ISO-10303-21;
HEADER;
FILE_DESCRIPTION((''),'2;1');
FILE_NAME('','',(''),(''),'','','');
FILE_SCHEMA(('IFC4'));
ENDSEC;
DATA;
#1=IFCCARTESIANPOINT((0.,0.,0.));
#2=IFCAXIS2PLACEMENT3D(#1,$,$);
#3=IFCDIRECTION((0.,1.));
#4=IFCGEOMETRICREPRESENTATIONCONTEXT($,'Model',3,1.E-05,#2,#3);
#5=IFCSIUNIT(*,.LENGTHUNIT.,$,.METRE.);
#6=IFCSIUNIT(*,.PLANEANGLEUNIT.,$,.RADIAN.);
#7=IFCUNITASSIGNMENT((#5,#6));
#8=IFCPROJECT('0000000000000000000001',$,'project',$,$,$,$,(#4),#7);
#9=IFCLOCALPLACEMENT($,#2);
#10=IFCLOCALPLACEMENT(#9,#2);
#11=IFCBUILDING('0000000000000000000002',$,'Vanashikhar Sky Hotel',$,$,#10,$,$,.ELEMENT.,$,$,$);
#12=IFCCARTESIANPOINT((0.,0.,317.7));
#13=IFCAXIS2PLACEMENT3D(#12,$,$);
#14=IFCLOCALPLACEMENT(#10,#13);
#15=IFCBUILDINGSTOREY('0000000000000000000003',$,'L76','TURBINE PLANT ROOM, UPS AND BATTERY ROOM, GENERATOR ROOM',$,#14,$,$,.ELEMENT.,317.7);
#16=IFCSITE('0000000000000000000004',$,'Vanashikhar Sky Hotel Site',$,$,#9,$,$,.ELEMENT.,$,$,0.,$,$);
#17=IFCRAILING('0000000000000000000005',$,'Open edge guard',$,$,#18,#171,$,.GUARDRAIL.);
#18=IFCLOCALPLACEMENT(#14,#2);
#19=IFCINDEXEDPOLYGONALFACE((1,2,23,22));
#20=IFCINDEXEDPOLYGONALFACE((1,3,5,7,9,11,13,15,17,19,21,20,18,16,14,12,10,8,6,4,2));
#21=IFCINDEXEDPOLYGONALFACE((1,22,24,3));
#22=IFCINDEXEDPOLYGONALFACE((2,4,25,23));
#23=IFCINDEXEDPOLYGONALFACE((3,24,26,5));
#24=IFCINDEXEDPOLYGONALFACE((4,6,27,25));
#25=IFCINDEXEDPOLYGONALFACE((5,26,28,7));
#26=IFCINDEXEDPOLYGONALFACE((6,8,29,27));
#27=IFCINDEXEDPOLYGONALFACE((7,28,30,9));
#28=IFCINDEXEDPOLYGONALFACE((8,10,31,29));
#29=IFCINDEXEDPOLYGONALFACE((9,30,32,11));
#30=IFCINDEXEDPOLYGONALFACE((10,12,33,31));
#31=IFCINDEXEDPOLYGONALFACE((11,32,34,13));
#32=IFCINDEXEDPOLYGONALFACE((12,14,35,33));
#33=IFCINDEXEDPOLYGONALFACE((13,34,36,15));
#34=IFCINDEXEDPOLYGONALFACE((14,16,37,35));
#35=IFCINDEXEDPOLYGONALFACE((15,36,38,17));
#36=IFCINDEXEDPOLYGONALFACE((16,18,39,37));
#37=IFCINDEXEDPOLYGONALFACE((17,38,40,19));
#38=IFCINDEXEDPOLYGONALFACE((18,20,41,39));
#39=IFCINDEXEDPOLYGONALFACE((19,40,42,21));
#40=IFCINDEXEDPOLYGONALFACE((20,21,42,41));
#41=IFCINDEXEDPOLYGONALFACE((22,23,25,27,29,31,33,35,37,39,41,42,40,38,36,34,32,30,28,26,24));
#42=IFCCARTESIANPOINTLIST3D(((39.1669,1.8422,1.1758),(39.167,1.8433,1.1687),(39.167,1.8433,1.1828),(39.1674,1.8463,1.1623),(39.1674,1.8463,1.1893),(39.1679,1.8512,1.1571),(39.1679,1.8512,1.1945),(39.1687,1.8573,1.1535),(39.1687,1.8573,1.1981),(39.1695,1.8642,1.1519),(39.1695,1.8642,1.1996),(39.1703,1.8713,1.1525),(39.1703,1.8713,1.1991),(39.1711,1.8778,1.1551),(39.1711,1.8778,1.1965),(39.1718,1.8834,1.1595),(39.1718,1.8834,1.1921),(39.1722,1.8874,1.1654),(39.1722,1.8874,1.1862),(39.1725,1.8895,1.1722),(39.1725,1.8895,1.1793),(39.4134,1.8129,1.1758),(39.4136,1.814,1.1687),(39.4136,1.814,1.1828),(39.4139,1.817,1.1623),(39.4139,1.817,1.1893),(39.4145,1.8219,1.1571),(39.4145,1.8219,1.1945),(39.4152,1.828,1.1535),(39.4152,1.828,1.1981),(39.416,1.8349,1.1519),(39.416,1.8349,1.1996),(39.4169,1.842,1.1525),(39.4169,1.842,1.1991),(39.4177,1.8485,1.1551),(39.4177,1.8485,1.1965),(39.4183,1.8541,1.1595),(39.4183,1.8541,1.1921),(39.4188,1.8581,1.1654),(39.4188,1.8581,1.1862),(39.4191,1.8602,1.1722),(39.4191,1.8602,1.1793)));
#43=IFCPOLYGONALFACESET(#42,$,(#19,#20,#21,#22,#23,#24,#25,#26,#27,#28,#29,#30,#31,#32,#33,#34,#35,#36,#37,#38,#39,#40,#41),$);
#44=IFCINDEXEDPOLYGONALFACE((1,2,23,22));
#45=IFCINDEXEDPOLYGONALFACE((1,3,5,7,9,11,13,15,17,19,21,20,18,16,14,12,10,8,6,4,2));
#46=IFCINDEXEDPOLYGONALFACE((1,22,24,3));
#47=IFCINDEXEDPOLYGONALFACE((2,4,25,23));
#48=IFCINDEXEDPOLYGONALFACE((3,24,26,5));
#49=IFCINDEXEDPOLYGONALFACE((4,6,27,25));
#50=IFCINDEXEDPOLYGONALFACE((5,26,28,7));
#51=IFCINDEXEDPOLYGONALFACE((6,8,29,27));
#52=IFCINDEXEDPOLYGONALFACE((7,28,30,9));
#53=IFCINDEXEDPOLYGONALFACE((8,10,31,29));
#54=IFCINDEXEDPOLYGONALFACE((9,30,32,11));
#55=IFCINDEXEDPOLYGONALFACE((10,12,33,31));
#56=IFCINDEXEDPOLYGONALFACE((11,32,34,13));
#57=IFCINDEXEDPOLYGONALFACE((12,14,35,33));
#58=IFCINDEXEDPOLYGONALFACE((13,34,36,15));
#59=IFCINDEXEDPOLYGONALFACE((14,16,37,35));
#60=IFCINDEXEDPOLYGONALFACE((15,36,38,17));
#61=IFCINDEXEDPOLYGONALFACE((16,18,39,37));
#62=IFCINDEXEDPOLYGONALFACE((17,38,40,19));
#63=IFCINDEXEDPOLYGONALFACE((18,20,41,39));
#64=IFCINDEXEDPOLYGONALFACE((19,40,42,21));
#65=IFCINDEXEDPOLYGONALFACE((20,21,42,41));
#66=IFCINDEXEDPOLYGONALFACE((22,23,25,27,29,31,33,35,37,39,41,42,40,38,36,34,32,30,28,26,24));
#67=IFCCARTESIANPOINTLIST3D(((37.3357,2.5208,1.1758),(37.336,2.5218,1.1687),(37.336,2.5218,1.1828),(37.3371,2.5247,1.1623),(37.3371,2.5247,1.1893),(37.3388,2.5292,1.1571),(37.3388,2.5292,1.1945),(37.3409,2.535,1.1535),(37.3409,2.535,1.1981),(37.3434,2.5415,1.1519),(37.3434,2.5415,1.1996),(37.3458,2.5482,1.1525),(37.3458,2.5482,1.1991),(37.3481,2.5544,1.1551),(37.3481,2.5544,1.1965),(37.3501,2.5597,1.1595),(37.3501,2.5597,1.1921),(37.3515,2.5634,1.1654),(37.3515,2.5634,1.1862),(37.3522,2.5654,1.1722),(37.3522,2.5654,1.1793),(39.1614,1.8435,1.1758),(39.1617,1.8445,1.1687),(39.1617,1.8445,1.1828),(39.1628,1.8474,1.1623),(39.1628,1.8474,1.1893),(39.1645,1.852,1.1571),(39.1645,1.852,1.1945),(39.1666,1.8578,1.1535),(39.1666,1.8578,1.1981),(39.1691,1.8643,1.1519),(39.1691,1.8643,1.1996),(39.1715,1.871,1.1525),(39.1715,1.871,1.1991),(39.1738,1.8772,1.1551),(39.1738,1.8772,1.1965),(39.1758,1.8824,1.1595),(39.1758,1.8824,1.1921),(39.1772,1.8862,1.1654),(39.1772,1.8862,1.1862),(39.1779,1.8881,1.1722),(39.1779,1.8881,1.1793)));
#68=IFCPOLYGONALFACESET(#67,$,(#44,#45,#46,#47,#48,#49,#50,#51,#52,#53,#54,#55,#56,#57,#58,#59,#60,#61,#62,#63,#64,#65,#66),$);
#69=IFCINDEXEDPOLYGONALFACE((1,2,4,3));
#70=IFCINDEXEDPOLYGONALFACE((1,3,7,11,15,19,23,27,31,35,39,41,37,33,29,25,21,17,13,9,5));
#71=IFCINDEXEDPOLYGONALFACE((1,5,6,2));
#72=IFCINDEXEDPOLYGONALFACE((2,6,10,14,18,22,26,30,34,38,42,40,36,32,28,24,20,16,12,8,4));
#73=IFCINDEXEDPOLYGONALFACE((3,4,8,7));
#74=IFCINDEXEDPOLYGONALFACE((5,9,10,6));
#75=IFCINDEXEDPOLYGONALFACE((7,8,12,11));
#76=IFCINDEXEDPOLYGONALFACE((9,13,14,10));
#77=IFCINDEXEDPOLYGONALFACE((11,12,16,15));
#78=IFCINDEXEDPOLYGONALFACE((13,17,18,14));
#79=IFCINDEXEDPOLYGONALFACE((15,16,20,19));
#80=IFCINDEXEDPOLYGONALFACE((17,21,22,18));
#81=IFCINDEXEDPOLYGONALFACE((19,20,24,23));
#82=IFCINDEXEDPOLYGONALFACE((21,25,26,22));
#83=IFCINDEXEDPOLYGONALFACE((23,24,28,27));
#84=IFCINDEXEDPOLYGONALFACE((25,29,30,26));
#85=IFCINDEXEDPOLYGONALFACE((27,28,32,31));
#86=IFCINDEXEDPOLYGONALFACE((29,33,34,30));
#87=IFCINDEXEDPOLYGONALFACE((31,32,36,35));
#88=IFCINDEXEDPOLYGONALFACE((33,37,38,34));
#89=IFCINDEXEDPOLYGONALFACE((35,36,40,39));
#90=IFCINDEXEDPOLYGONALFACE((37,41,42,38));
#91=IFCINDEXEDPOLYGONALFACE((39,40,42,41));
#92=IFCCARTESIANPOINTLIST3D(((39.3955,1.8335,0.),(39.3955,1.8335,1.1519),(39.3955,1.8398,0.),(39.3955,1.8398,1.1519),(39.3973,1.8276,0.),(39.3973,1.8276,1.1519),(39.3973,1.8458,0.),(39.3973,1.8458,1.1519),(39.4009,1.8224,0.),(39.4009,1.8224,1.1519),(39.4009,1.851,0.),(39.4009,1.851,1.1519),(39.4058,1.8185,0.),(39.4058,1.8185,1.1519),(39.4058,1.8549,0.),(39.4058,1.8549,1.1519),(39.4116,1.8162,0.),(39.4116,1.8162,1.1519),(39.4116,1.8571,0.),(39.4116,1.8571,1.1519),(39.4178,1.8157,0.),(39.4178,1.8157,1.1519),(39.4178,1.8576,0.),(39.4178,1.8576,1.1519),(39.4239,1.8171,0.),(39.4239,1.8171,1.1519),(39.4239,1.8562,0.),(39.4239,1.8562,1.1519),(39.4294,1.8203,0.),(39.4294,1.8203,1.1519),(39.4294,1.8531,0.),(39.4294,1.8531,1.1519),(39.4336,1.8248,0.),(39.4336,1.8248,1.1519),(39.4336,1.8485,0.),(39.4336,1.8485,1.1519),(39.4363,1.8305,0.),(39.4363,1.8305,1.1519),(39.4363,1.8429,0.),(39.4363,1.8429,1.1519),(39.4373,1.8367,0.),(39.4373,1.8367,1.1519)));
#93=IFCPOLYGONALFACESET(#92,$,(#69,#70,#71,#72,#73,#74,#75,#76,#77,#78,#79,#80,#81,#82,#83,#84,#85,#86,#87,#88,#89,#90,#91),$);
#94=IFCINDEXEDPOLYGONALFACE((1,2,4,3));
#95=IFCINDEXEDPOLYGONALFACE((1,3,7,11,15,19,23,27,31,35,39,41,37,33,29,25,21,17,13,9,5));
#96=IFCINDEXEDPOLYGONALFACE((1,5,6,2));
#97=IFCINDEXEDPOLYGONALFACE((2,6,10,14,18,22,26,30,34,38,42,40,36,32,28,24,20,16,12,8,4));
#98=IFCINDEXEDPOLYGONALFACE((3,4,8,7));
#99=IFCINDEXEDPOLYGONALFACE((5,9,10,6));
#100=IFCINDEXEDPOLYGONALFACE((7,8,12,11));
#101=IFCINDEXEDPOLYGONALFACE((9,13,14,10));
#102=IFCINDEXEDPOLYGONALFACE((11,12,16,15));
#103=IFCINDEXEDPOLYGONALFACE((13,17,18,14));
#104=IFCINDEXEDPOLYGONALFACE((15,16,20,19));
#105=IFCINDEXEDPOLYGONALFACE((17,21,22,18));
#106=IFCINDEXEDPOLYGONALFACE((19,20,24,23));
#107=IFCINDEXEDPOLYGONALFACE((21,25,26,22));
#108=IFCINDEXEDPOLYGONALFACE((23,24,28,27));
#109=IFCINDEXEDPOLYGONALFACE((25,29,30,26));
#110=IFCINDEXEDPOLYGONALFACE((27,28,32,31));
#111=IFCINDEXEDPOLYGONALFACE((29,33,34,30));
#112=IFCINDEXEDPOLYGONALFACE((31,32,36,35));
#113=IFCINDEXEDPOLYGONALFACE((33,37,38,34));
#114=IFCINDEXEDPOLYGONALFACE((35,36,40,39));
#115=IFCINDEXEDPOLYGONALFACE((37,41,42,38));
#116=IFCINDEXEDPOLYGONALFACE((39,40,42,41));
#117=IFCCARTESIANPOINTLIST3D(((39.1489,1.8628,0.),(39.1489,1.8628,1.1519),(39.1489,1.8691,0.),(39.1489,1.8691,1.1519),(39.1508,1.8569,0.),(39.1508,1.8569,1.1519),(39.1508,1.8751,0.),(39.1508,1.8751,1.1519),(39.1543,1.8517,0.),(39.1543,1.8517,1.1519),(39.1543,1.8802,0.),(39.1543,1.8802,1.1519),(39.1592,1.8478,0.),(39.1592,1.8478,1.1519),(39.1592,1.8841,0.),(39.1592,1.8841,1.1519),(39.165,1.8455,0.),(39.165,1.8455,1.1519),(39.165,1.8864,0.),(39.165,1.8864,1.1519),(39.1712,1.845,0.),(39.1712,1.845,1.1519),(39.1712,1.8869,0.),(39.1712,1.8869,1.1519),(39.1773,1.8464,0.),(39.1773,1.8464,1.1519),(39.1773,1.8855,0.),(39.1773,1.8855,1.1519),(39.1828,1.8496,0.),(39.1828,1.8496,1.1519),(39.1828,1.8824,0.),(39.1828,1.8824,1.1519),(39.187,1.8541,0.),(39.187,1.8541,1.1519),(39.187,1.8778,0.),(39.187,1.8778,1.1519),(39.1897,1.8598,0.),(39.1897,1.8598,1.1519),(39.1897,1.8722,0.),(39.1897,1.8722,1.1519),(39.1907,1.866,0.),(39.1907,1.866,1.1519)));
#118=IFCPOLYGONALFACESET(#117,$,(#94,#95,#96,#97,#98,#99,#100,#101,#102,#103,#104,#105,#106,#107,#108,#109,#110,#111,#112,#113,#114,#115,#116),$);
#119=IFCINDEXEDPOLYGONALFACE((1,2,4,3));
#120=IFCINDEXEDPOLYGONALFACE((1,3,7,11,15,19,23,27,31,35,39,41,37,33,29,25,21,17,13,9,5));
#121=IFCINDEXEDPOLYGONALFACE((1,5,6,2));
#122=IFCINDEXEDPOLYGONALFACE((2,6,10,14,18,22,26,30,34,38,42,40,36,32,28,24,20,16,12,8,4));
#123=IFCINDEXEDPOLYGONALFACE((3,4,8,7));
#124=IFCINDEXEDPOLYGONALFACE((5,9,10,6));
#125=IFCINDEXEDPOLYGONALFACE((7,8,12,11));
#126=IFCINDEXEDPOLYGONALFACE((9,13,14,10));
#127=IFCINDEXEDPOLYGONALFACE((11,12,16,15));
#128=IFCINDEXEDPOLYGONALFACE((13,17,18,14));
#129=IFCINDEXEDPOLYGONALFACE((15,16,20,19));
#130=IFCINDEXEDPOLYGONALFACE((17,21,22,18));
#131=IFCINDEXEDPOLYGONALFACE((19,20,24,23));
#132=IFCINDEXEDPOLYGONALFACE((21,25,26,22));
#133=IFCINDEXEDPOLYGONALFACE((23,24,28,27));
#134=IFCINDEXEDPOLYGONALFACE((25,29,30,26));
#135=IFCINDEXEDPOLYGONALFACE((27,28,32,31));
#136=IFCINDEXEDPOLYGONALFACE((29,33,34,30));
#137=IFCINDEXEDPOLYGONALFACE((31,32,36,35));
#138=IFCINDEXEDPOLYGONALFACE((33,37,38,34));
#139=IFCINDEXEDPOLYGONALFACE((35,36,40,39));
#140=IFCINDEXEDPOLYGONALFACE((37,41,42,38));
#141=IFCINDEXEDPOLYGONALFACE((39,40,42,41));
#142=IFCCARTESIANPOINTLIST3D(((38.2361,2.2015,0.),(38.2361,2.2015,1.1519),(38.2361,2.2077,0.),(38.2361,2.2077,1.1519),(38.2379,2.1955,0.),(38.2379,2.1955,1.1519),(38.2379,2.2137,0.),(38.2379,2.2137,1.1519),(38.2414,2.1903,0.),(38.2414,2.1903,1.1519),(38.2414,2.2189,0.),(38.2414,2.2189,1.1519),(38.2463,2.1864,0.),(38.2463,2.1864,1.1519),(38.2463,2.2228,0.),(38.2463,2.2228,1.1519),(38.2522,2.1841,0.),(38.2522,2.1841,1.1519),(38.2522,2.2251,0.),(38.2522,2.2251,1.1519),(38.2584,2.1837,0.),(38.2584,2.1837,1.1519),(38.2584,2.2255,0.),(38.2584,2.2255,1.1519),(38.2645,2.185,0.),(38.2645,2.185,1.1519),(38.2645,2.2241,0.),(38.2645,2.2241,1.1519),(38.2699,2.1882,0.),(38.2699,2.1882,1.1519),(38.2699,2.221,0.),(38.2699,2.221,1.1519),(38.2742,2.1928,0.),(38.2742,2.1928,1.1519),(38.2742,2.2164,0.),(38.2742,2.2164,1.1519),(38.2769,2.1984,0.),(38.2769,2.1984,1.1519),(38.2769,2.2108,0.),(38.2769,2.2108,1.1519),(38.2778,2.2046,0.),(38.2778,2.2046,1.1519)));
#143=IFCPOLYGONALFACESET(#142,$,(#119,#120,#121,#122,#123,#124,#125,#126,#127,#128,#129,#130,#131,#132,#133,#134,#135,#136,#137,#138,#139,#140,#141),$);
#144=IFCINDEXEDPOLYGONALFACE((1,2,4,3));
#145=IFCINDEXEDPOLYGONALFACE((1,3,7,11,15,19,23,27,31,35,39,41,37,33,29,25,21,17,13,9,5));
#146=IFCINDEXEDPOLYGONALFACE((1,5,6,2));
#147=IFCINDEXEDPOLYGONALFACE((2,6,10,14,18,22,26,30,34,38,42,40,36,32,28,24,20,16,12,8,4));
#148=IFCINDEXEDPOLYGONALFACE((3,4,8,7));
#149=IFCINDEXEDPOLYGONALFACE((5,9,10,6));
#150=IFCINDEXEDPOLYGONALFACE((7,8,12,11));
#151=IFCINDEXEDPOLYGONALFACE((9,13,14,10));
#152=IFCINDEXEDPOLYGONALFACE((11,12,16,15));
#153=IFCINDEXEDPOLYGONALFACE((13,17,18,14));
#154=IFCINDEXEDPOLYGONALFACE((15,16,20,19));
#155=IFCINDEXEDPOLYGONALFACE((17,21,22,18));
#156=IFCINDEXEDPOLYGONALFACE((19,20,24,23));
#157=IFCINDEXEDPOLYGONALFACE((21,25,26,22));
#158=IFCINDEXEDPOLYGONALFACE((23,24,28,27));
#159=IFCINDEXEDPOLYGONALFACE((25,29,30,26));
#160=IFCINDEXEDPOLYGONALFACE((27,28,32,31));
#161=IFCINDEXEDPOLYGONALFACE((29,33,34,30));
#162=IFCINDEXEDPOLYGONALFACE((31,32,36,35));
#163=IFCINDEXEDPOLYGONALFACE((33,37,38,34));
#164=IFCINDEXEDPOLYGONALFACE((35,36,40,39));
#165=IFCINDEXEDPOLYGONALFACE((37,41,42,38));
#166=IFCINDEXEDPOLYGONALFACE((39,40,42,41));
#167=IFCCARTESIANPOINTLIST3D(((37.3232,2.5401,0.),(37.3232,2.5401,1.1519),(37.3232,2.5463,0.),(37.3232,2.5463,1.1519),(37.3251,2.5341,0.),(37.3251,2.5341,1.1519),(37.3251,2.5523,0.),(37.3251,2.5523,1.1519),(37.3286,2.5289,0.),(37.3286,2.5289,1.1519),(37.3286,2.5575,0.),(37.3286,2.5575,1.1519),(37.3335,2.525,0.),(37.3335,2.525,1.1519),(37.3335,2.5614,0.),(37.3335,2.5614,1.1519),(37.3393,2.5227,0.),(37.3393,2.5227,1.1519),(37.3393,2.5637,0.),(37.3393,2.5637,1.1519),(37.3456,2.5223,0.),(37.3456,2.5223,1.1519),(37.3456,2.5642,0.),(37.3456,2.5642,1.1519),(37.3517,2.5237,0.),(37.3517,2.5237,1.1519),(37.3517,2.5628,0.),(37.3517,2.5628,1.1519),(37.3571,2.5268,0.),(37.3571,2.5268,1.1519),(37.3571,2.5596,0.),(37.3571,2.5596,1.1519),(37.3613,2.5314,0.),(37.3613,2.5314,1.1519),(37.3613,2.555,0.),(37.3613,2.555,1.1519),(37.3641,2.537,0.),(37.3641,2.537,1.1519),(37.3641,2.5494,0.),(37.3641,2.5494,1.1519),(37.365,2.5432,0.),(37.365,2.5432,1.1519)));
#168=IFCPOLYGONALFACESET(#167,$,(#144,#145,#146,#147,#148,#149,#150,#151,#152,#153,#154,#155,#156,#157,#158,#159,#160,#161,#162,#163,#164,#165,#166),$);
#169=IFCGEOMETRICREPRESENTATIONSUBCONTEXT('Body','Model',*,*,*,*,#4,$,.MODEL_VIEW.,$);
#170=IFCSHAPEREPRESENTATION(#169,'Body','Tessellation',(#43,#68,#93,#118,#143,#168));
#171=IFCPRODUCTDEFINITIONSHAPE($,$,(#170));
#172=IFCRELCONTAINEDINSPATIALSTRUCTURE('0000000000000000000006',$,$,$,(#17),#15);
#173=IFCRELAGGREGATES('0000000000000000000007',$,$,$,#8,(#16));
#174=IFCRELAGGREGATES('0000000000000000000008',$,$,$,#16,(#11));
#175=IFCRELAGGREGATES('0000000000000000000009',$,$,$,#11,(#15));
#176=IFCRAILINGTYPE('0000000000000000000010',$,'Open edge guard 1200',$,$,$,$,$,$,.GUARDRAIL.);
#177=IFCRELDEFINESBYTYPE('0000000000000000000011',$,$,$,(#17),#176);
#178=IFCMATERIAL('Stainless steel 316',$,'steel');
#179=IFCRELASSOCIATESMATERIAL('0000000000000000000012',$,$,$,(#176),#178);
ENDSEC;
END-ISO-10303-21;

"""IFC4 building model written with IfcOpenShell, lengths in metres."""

from ifc_helpers import new_model, si_unit, direction, frame, origin, origin_2d, place, context, subcontext, project, spatial, circle, extrude, source, transform, mapped, material, type_object, element, save


model = new_model("IFC4")

# Units and contexts
model_context = context("Model", 3, precision=1e-05, world=origin(), true_north=direction((0.0, 1.0)))
body_context = subcontext(model_context, "Body", "Model", "MODEL_VIEW")
ifc_project = project(units=[si_unit("LENGTHUNIT", "METRE"), si_unit("PLANEANGLEUNIT", "RADIAN")], contexts=[model_context])

# Site, building, storey
site_placement = place(None, origin())
site = spatial("IfcSite", under=ifc_project, at=site_placement, Name="Vanashikhar Sky Hotel Site", CompositionType="ELEMENT", RefElevation=0.0)
building_placement = place(site_placement, origin())
building = spatial("IfcBuilding", under=site, at=building_placement, Name="Vanashikhar Sky Hotel", CompositionType="ELEMENT")
storey_placement = place(building_placement, frame((0.0, 0.0, 317.7)))
storey = spatial("IfcBuildingStorey", under=building, at=storey_placement, Name="L76", Description="TURBINE PLANT ROOM, UPS AND BATTERY ROOM, GENERATOR ROOM", CompositionType="ELEMENT", Elevation=317.7)

# Railing
ifc_material_1 = material(Name="Stainless steel 316", Category="steel")
railing_type = type_object("IfcRailingType", Name="Open edge guard 1200", PredefinedType="GUARDRAIL", material=ifc_material_1)
shared_shape_1 = source(origin(), body_context, "Body", "SweptSolid", [
    extrude(circle(Radius=0.0239, at=origin_2d()), frame((0.0, 0.0, 1.1758), z_axis=(-0.993016, 0.117982, 0.0), x_axis=(-0.117982, -0.993016, 0.0)), (0.0, 0.0, 1.0), 0.2483),
    extrude(circle(Radius=0.0239, at=origin_2d()), frame((-0.2466, 0.0293, 1.1758), z_axis=(-0.93757, 0.347796, 0.0), x_axis=(-0.347796, -0.93757, 0.0)), (0.0, 0.0, 1.0), 1.9473),
    extrude(circle(Radius=0.021, at=origin_2d()), origin(), (0.0, 0.0, 1.0), 1.1519),
    extrude(circle(Radius=0.021, at=origin_2d()), frame((-0.2466, 0.0293, 0.0)), (0.0, 0.0, 1.0), 1.1519),
    extrude(circle(Radius=0.021, at=origin_2d()), frame((-1.1594, 0.3679, 0.0)), (0.0, 0.0, 1.0), 1.1519),
    extrude(circle(Radius=0.021, at=origin_2d()), frame((-2.0723, 0.7065, 0.0)), (0.0, 0.0, 1.0), 1.1519),
])
railing_1_placement = place(storey_placement, frame((39.4163, 1.8367, 0.0)))
element("IfcRailing", 1, at=railing_1_placement, inside=storey, type_object=railing_type, Name="Open edge guard", PredefinedType="GUARDRAIL", context=body_context, shape_type="MappedRepresentation", body=[
    mapped(shared_shape_1, transform((0.0, 0.0, 0.0), scale=1.0)),
])

save(model, "model.ifc")
